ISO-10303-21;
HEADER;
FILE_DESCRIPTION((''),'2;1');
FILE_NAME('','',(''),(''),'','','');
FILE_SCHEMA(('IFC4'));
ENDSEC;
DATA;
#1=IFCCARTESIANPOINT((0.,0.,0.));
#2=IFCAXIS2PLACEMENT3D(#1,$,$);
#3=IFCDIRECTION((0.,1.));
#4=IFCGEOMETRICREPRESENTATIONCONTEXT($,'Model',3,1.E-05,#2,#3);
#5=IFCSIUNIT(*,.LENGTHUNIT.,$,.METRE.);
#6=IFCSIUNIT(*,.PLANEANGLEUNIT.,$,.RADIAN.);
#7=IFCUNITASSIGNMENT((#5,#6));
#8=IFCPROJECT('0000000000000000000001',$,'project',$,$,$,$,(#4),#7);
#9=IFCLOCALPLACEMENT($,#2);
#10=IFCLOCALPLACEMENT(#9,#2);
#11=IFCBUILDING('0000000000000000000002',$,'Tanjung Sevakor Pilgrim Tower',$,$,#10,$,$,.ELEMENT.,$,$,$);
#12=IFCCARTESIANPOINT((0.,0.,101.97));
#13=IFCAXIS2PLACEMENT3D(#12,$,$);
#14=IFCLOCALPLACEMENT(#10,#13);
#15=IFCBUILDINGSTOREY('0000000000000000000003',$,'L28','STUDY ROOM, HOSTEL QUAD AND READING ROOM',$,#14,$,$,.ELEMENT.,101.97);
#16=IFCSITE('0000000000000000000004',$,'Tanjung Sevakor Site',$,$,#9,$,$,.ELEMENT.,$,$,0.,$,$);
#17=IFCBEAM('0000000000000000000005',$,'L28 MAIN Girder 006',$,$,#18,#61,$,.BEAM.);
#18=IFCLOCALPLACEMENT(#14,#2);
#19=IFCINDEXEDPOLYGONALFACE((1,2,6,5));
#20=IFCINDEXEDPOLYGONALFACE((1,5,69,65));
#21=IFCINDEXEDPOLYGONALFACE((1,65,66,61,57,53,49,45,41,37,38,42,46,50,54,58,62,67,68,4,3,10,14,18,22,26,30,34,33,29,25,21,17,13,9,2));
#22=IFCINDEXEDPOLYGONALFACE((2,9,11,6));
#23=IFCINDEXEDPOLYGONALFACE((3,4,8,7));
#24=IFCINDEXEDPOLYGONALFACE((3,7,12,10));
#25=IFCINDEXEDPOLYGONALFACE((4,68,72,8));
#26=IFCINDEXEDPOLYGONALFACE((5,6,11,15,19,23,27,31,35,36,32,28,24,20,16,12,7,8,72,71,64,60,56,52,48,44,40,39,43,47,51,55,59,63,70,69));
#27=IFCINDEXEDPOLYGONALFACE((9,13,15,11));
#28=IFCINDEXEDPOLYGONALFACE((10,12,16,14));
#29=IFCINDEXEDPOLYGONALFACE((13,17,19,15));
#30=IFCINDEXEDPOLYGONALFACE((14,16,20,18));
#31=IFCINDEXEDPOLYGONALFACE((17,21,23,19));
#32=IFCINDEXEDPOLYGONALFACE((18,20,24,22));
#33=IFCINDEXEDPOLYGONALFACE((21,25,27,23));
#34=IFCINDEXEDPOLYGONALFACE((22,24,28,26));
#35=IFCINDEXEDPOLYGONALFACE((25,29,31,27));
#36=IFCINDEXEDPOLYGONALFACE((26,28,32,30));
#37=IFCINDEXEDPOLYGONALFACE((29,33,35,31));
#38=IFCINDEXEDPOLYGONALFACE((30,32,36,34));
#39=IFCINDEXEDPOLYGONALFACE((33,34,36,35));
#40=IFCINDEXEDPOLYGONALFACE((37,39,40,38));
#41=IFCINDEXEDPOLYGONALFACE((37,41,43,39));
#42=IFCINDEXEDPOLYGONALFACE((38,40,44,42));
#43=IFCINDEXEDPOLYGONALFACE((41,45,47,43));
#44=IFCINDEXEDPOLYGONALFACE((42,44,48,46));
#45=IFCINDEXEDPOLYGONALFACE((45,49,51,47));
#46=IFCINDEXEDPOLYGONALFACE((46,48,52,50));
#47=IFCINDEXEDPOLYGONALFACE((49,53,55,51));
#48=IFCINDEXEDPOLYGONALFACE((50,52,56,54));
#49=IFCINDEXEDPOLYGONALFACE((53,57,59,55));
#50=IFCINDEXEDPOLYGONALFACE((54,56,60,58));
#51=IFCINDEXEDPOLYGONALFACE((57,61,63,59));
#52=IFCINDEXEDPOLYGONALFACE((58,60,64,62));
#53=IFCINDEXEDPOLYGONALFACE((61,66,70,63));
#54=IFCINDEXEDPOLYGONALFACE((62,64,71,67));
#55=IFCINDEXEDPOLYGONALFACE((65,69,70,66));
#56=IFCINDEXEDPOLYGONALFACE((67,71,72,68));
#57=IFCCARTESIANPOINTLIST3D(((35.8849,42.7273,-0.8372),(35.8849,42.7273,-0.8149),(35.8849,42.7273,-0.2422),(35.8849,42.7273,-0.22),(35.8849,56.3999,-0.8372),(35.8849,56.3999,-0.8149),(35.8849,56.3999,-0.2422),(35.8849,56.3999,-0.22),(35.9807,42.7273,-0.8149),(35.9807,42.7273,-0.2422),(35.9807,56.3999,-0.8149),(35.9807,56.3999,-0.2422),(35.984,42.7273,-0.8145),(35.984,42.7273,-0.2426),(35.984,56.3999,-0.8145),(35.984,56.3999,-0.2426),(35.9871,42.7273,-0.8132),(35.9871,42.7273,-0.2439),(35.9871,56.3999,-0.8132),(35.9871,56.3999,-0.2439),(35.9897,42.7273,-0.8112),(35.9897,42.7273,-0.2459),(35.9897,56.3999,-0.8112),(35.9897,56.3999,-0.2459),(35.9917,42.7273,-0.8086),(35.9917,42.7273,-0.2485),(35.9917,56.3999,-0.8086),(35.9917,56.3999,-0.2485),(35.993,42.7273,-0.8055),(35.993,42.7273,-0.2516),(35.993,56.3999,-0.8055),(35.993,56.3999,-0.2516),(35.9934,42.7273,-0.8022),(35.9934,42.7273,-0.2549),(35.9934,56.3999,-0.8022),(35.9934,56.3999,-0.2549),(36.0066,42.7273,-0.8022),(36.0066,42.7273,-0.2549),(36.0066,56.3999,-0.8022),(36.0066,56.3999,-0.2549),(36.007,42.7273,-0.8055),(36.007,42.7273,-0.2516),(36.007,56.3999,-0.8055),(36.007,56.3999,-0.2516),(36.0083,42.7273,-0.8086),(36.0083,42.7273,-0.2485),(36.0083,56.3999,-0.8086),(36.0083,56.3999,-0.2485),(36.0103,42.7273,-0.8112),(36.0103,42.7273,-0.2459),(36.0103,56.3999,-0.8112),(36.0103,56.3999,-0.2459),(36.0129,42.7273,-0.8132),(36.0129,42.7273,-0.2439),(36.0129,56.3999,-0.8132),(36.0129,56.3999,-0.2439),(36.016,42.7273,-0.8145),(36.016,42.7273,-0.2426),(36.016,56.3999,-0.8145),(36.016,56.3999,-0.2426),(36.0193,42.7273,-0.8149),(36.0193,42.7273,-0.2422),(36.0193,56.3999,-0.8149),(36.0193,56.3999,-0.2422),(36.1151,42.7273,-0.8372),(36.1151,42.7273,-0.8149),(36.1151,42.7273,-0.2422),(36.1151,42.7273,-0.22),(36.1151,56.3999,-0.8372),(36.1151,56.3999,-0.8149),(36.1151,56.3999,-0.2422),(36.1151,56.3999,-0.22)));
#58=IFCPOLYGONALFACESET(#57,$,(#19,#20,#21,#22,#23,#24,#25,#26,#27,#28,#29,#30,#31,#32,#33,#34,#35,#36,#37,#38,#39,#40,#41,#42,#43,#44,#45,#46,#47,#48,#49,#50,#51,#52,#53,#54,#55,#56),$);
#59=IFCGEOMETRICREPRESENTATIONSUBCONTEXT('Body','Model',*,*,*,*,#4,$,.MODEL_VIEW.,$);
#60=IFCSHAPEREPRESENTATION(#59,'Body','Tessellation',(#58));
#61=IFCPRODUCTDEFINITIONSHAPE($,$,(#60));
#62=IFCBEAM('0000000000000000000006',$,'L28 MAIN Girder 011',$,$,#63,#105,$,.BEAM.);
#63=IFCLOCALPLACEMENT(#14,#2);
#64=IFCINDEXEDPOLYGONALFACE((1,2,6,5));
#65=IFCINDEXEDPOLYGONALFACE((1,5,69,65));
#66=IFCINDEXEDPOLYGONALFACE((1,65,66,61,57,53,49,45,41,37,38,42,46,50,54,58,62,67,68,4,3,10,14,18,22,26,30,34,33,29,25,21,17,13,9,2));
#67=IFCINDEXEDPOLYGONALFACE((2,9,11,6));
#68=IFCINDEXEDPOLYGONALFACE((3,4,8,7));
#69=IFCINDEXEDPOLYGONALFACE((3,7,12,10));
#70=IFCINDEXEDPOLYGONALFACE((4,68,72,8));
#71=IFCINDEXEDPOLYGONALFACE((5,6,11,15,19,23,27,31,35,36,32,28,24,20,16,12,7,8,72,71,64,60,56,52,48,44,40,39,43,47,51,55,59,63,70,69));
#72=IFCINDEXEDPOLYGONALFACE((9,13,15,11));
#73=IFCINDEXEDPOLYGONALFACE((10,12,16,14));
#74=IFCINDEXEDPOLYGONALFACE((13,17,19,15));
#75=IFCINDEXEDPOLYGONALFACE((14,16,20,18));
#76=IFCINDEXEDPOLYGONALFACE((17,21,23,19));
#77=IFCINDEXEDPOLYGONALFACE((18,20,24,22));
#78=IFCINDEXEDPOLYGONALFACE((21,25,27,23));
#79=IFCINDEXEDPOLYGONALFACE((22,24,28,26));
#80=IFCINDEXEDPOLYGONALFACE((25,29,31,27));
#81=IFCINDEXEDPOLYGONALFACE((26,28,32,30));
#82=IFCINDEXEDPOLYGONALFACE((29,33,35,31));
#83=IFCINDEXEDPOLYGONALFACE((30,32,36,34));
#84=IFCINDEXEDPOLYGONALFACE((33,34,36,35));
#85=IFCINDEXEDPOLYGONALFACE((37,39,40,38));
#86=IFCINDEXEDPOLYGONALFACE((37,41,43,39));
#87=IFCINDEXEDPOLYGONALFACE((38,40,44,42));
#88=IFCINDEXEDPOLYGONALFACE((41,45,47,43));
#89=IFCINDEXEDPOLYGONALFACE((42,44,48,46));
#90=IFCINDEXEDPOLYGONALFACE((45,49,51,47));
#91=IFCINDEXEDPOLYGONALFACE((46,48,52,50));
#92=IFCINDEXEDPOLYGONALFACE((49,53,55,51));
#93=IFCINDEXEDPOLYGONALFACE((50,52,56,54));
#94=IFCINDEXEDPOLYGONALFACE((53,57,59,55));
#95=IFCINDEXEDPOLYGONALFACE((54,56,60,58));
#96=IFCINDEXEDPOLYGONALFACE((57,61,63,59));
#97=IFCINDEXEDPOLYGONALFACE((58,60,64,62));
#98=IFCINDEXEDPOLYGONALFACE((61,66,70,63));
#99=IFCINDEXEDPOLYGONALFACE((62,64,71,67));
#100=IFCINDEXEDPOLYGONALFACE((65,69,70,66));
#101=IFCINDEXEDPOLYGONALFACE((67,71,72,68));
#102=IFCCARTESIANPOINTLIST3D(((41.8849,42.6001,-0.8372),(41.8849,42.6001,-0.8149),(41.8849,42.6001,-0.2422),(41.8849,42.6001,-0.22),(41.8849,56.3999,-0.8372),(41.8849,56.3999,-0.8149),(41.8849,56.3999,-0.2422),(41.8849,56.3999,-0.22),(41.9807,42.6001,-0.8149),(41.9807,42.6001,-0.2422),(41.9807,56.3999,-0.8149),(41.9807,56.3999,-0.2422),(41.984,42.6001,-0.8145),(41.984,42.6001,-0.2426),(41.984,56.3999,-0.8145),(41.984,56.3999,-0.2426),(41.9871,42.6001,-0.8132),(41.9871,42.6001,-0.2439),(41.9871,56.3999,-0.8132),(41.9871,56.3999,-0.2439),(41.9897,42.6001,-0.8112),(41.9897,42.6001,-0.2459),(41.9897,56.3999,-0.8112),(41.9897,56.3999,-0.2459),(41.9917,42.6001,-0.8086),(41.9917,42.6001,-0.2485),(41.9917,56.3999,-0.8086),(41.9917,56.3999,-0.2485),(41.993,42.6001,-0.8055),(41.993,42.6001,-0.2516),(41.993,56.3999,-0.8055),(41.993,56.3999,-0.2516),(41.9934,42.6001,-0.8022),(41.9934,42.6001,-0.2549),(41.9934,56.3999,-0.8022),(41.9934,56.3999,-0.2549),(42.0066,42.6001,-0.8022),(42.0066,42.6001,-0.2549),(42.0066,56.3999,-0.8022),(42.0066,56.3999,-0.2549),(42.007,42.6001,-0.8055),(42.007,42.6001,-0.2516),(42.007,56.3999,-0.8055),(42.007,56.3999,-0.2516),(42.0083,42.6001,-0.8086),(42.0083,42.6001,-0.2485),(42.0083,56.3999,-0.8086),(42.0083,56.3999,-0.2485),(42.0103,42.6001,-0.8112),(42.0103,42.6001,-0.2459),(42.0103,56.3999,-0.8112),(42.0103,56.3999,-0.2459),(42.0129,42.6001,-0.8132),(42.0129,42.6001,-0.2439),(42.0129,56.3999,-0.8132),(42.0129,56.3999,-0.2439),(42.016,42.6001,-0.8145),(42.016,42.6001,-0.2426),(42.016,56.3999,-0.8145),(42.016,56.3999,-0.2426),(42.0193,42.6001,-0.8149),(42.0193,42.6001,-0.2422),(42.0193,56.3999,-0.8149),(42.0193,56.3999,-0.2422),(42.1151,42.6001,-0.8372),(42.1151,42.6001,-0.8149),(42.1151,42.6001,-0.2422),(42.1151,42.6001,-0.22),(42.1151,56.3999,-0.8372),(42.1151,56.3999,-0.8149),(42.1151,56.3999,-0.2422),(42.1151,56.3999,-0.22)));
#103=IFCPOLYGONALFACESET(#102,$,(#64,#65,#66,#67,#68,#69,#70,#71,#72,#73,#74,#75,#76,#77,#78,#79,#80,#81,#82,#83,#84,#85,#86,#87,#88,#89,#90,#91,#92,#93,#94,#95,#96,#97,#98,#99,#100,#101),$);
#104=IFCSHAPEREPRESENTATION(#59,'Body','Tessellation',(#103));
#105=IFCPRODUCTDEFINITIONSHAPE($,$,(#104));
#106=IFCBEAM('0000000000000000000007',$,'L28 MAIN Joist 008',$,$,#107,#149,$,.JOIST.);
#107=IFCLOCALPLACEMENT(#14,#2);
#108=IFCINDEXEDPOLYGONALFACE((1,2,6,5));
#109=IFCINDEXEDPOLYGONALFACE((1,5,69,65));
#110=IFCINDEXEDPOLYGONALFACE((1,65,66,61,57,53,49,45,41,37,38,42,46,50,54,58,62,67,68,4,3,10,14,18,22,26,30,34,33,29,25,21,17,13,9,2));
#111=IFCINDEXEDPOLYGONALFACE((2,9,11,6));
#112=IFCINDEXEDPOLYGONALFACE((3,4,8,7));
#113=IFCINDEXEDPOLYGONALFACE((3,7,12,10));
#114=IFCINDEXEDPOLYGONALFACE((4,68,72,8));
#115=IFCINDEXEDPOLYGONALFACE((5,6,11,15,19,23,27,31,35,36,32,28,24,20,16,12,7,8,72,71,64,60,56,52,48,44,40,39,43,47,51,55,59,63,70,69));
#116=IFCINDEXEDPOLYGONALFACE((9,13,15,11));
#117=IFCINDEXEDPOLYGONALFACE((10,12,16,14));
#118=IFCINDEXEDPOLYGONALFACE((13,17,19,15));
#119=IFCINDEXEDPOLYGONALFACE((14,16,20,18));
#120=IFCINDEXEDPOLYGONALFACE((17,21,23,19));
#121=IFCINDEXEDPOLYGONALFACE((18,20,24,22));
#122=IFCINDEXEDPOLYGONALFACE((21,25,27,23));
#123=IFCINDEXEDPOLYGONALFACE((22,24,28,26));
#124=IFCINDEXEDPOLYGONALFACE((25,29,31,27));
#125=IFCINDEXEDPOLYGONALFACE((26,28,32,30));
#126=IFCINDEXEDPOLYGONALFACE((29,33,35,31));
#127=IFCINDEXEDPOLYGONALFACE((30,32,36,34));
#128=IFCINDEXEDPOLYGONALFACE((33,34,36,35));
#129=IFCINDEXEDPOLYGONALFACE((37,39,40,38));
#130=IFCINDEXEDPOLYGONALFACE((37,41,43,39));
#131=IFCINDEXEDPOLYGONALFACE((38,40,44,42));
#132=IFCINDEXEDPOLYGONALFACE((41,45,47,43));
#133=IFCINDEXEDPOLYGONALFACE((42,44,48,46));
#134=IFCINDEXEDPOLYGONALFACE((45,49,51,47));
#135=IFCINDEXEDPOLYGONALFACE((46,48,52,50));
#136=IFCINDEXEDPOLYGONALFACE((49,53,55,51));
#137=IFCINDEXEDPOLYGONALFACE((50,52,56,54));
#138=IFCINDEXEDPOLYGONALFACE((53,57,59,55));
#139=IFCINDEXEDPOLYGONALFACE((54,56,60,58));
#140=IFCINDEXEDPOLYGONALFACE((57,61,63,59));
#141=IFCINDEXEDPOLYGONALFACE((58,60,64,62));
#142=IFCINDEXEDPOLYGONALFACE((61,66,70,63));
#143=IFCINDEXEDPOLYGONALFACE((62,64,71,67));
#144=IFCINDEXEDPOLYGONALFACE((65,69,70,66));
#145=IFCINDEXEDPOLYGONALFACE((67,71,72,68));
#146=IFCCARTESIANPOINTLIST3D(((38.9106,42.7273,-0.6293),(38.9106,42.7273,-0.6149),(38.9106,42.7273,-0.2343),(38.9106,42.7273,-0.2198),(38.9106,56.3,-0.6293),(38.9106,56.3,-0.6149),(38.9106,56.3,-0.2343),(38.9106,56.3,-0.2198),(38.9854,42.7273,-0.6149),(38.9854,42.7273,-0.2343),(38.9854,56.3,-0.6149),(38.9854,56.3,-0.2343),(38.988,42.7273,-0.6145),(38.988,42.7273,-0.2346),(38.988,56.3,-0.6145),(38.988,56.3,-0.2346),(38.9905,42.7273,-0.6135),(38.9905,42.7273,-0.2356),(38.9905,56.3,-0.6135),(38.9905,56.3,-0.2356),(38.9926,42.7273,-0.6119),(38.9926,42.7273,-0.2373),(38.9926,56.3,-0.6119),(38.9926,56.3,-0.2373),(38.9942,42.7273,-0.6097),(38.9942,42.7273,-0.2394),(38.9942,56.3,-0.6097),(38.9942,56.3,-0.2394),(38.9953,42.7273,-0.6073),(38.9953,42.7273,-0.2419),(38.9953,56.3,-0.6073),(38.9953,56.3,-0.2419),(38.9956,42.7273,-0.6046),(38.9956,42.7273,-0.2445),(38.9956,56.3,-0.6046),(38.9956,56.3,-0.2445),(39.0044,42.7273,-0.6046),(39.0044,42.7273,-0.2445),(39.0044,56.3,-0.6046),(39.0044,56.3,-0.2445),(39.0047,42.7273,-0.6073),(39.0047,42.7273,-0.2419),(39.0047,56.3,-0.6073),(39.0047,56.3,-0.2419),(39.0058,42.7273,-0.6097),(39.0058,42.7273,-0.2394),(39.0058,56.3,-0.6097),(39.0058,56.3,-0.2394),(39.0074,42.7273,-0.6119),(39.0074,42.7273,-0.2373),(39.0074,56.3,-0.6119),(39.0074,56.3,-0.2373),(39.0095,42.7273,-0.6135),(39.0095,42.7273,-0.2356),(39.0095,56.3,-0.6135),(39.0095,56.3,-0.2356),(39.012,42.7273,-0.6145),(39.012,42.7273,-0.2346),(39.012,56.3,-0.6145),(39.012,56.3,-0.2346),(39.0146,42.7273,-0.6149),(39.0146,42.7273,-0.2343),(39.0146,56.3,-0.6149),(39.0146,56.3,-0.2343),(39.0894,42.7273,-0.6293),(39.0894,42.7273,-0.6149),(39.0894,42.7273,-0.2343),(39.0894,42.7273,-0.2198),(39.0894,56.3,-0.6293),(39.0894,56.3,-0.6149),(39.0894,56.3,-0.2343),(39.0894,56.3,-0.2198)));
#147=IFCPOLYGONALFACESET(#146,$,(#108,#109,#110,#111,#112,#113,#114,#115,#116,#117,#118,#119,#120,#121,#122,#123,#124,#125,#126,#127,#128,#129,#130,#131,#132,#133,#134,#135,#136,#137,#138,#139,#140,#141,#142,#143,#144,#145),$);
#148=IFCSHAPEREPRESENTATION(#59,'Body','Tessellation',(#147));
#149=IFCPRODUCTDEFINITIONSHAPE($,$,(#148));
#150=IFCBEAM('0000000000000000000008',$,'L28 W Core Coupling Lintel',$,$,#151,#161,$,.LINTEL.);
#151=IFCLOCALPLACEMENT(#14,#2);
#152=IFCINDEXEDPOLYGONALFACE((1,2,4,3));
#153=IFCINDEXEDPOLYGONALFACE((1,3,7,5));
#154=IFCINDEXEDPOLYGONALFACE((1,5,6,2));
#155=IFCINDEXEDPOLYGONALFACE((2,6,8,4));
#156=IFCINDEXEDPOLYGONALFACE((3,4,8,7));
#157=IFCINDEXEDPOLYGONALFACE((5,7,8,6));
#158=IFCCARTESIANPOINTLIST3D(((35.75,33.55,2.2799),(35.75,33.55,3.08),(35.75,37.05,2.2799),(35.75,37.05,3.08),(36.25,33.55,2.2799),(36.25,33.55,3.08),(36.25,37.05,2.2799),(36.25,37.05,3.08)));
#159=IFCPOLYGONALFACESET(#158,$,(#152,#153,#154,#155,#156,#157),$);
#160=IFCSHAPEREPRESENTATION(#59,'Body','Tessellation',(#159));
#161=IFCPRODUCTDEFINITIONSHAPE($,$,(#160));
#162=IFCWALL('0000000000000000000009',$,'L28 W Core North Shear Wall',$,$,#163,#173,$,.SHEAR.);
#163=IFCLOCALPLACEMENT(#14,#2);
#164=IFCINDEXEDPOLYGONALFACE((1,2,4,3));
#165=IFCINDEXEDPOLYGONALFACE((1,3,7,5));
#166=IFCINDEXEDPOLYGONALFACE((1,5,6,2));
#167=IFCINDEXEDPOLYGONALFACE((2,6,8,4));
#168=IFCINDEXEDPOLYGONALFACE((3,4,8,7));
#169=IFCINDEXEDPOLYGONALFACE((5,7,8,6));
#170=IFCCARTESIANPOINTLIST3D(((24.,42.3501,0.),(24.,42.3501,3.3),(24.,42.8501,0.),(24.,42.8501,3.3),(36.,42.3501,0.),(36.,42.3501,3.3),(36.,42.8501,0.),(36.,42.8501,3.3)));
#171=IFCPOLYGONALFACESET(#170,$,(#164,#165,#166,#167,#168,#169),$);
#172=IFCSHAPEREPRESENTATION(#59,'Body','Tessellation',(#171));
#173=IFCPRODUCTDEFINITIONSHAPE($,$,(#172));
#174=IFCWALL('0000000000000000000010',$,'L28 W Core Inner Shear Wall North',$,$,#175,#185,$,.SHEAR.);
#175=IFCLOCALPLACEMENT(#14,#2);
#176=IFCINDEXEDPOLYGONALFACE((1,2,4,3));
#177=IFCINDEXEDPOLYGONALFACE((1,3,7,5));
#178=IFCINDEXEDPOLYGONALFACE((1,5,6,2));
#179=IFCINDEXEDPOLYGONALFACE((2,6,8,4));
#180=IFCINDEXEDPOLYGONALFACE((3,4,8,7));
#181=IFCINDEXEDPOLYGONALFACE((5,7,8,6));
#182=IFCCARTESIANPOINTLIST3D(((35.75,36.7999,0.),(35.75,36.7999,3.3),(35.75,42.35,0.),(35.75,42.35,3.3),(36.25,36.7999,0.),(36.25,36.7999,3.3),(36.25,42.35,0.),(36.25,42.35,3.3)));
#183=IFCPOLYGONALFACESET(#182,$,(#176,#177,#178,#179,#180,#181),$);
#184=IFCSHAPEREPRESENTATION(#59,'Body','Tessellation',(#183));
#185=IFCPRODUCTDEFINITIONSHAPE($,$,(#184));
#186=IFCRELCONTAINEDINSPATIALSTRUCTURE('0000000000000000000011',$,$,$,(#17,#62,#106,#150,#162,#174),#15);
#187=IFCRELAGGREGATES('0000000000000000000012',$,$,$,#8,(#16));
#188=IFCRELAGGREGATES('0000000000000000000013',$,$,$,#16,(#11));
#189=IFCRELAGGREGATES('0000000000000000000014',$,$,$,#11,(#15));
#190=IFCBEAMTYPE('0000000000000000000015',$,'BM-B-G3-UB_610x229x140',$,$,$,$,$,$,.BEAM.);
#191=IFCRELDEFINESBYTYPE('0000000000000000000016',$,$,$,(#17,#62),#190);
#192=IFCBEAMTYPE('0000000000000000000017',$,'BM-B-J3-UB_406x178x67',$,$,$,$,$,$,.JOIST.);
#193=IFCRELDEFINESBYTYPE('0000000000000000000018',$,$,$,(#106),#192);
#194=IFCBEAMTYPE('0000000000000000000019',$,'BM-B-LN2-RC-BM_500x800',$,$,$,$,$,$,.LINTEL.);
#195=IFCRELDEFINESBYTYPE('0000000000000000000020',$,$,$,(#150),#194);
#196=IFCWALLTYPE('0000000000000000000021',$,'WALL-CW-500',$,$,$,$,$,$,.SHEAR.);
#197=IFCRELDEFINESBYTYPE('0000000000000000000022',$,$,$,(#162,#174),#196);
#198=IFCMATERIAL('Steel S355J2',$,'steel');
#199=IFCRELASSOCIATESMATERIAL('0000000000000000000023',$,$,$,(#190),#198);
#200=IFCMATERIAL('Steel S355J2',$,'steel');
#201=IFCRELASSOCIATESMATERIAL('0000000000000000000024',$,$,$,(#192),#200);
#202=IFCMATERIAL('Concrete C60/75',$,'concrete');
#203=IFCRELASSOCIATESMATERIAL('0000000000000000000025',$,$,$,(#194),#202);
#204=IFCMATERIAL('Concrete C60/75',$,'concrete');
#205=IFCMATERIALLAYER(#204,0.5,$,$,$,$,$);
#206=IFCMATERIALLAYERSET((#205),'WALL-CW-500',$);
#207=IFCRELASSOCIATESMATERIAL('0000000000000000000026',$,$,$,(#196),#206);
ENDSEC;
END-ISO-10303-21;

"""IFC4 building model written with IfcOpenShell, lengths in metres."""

from ifc_helpers import new_model, si_unit, direction, frame, frame_2d, origin, origin_2d, place, context, subcontext, project, spatial, rectangle, i_section, extrude, material, layer, layer_set, material_profile, profile_set, type_object, element, save


model = new_model("IFC4")

# Units and contexts
model_context = context("Model", 3, precision=1e-05, world=origin(), true_north=direction((0.0, 1.0)))
body_context = subcontext(model_context, "Body", "Model", "MODEL_VIEW")
ifc_project = project(units=[si_unit("LENGTHUNIT", "METRE"), si_unit("PLANEANGLEUNIT", "RADIAN")], contexts=[model_context])

# Site, building, storey
site_placement = place(None, origin())
site = spatial("IfcSite", under=ifc_project, at=site_placement, Name="Tanjung Sevakor Site", CompositionType="ELEMENT", RefElevation=0.0)
building_placement = place(site_placement, origin())
building = spatial("IfcBuilding", under=site, at=building_placement, Name="Tanjung Sevakor Pilgrim Tower", CompositionType="ELEMENT")
storey_placement = place(building_placement, frame((0.0, 0.0, 101.97)))
storey = spatial("IfcBuildingStorey", under=building, at=storey_placement, Name="L28", Description="STUDY ROOM, HOSTEL QUAD AND READING ROOM", CompositionType="ELEMENT", Elevation=101.97)

# Beams
ifc_material_1 = material(Name="Steel S355J2", Category="steel")
ifc_material_profile_1 = material_profile(ifc_material_1, i_section(OverallWidth=0.2302, OverallDepth=0.6172, WebThickness=0.0132, FlangeThickness=0.0222, FilletRadius=0.0127, at=origin_2d()))
ifc_profile_set_1 = profile_set([ifc_material_profile_1], Name="Steel S355J2")
beam_type_1 = type_object("IfcBeamType", Name="BM-B-G3-UB_610x229x140", PredefinedType="BEAM", material=ifc_profile_set_1)
beam_1_placement = place(storey_placement, frame((36.0, 42.7273, -0.5286), z_axis=(0.0, 1.0, 0.0), x_axis=(-1.0, 0.0, 0.0)))
element("IfcBeam", 1, at=beam_1_placement, inside=storey, type_object=beam_type_1, Name="L28 MAIN Girder 006", PredefinedType="BEAM", context=body_context, shape_type="SweptSolid", body=[
    extrude(i_section(OverallWidth=0.2302, OverallDepth=0.6172, WebThickness=0.0132, FlangeThickness=0.0222, FilletRadius=0.0127, at=origin_2d()), origin(), (0.0, 0.0, 1.0), 13.6726),
])
beam_2_placement = place(storey_placement, frame((42.0, 42.6001, -0.5286), z_axis=(0.0, 1.0, 0.0), x_axis=(-1.0, 0.0, 0.0)))
element("IfcBeam", 2, at=beam_2_placement, inside=storey, type_object=beam_type_1, Name="L28 MAIN Girder 011", PredefinedType="BEAM", context=body_context, shape_type="SweptSolid", body=[
    extrude(i_section(OverallWidth=0.2302, OverallDepth=0.6172, WebThickness=0.0132, FlangeThickness=0.0222, FilletRadius=0.0127, at=origin_2d()), origin(), (0.0, 0.0, 1.0), 13.7998),
])
ifc_material_2 = material(Name="Steel S355J2", Category="steel")
ifc_material_profile_2 = material_profile(ifc_material_2, i_section(OverallWidth=0.1787, OverallDepth=0.4094, WebThickness=0.0088, FlangeThickness=0.0144, FilletRadius=0.0103, at=origin_2d()))
ifc_profile_set_2 = profile_set([ifc_material_profile_2], Name="Steel S355J2")
beam_type_2 = type_object("IfcBeamType", Name="BM-B-J3-UB_406x178x67", PredefinedType="JOIST", material=ifc_profile_set_2)
beam_3_placement = place(storey_placement, frame((39.0, 42.7273, -0.4246), z_axis=(0.0, 1.0, 0.0), x_axis=(-1.0, 0.0, 0.0)))
element("IfcBeam", 3, at=beam_3_placement, inside=storey, type_object=beam_type_2, Name="L28 MAIN Joist 008", PredefinedType="JOIST", context=body_context, shape_type="SweptSolid", body=[
    extrude(i_section(OverallWidth=0.1787, OverallDepth=0.4094, WebThickness=0.0088, FlangeThickness=0.0144, FilletRadius=0.0103, at=origin_2d()), origin(), (0.0, 0.0, 1.0), 13.5728),
])
ifc_material_3 = material(Name="Concrete C60/75", Category="concrete")
ifc_material_profile_3 = material_profile(ifc_material_3, rectangle(XDim=0.5, YDim=0.8, at=origin_2d()))
ifc_profile_set_3 = profile_set([ifc_material_profile_3], Name="Concrete C60/75")
beam_type_3 = type_object("IfcBeamType", Name="BM-B-LN2-RC-BM_500x800", PredefinedType="LINTEL", material=ifc_profile_set_3)
beam_4_placement = place(storey_placement, frame((36.0, 33.55, 2.6799), z_axis=(0.0, 1.0, 0.0), x_axis=(-1.0, 0.0, 0.0)))
element("IfcBeam", 4, at=beam_4_placement, inside=storey, type_object=beam_type_3, Name="L28 W Core Coupling Lintel", PredefinedType="LINTEL", context=body_context, shape_type="SweptSolid", body=[
    extrude(rectangle(XDim=0.5, YDim=0.8, at=origin_2d()), origin(), (0.0, 0.0, 1.0), 3.5),
])

# Walls
ifc_material_4 = material(Name="Concrete C60/75", Category="concrete")
ifc_layer_1 = layer(ifc_material_4, 0.5)
ifc_layer_set_1 = layer_set([ifc_layer_1], Name="WALL-CW-500")
wall_type_1 = type_object("IfcWallType", Name="WALL-CW-500", PredefinedType="SHEAR", material=ifc_layer_set_1)
wall_1_placement = place(storey_placement, frame((36.0, 42.6001, 0.0), z_axis=(0.0, 0.0, 1.0), x_axis=(-1.0, 0.0, 0.0)))
element("IfcWall", 5, at=wall_1_placement, inside=storey, type_object=wall_type_1, Name="L28 W Core North Shear Wall", PredefinedType="SHEAR", context=body_context, shape_type="SweptSolid", body=[
    extrude(rectangle(XDim=12.0, YDim=0.5, at=frame_2d((6.0, 0.0))), origin(), (0.0, 0.0, 1.0), 3.3),
])
wall_2_placement = place(storey_placement, frame((36.0, 36.8, 0.0), z_axis=(0.0, 0.0, 1.0), x_axis=(0.0, 1.0, 0.0)))
element("IfcWall", 6, at=wall_2_placement, inside=storey, type_object=wall_type_1, Name="L28 W Core Inner Shear Wall North", PredefinedType="SHEAR", context=body_context, shape_type="SweptSolid", body=[
    extrude(rectangle(XDim=5.55, YDim=0.5, at=frame_2d((2.7749, 0.0))), origin(), (0.0, 0.0, 1.0), 3.3),
])

save(model, "model.ifc")
